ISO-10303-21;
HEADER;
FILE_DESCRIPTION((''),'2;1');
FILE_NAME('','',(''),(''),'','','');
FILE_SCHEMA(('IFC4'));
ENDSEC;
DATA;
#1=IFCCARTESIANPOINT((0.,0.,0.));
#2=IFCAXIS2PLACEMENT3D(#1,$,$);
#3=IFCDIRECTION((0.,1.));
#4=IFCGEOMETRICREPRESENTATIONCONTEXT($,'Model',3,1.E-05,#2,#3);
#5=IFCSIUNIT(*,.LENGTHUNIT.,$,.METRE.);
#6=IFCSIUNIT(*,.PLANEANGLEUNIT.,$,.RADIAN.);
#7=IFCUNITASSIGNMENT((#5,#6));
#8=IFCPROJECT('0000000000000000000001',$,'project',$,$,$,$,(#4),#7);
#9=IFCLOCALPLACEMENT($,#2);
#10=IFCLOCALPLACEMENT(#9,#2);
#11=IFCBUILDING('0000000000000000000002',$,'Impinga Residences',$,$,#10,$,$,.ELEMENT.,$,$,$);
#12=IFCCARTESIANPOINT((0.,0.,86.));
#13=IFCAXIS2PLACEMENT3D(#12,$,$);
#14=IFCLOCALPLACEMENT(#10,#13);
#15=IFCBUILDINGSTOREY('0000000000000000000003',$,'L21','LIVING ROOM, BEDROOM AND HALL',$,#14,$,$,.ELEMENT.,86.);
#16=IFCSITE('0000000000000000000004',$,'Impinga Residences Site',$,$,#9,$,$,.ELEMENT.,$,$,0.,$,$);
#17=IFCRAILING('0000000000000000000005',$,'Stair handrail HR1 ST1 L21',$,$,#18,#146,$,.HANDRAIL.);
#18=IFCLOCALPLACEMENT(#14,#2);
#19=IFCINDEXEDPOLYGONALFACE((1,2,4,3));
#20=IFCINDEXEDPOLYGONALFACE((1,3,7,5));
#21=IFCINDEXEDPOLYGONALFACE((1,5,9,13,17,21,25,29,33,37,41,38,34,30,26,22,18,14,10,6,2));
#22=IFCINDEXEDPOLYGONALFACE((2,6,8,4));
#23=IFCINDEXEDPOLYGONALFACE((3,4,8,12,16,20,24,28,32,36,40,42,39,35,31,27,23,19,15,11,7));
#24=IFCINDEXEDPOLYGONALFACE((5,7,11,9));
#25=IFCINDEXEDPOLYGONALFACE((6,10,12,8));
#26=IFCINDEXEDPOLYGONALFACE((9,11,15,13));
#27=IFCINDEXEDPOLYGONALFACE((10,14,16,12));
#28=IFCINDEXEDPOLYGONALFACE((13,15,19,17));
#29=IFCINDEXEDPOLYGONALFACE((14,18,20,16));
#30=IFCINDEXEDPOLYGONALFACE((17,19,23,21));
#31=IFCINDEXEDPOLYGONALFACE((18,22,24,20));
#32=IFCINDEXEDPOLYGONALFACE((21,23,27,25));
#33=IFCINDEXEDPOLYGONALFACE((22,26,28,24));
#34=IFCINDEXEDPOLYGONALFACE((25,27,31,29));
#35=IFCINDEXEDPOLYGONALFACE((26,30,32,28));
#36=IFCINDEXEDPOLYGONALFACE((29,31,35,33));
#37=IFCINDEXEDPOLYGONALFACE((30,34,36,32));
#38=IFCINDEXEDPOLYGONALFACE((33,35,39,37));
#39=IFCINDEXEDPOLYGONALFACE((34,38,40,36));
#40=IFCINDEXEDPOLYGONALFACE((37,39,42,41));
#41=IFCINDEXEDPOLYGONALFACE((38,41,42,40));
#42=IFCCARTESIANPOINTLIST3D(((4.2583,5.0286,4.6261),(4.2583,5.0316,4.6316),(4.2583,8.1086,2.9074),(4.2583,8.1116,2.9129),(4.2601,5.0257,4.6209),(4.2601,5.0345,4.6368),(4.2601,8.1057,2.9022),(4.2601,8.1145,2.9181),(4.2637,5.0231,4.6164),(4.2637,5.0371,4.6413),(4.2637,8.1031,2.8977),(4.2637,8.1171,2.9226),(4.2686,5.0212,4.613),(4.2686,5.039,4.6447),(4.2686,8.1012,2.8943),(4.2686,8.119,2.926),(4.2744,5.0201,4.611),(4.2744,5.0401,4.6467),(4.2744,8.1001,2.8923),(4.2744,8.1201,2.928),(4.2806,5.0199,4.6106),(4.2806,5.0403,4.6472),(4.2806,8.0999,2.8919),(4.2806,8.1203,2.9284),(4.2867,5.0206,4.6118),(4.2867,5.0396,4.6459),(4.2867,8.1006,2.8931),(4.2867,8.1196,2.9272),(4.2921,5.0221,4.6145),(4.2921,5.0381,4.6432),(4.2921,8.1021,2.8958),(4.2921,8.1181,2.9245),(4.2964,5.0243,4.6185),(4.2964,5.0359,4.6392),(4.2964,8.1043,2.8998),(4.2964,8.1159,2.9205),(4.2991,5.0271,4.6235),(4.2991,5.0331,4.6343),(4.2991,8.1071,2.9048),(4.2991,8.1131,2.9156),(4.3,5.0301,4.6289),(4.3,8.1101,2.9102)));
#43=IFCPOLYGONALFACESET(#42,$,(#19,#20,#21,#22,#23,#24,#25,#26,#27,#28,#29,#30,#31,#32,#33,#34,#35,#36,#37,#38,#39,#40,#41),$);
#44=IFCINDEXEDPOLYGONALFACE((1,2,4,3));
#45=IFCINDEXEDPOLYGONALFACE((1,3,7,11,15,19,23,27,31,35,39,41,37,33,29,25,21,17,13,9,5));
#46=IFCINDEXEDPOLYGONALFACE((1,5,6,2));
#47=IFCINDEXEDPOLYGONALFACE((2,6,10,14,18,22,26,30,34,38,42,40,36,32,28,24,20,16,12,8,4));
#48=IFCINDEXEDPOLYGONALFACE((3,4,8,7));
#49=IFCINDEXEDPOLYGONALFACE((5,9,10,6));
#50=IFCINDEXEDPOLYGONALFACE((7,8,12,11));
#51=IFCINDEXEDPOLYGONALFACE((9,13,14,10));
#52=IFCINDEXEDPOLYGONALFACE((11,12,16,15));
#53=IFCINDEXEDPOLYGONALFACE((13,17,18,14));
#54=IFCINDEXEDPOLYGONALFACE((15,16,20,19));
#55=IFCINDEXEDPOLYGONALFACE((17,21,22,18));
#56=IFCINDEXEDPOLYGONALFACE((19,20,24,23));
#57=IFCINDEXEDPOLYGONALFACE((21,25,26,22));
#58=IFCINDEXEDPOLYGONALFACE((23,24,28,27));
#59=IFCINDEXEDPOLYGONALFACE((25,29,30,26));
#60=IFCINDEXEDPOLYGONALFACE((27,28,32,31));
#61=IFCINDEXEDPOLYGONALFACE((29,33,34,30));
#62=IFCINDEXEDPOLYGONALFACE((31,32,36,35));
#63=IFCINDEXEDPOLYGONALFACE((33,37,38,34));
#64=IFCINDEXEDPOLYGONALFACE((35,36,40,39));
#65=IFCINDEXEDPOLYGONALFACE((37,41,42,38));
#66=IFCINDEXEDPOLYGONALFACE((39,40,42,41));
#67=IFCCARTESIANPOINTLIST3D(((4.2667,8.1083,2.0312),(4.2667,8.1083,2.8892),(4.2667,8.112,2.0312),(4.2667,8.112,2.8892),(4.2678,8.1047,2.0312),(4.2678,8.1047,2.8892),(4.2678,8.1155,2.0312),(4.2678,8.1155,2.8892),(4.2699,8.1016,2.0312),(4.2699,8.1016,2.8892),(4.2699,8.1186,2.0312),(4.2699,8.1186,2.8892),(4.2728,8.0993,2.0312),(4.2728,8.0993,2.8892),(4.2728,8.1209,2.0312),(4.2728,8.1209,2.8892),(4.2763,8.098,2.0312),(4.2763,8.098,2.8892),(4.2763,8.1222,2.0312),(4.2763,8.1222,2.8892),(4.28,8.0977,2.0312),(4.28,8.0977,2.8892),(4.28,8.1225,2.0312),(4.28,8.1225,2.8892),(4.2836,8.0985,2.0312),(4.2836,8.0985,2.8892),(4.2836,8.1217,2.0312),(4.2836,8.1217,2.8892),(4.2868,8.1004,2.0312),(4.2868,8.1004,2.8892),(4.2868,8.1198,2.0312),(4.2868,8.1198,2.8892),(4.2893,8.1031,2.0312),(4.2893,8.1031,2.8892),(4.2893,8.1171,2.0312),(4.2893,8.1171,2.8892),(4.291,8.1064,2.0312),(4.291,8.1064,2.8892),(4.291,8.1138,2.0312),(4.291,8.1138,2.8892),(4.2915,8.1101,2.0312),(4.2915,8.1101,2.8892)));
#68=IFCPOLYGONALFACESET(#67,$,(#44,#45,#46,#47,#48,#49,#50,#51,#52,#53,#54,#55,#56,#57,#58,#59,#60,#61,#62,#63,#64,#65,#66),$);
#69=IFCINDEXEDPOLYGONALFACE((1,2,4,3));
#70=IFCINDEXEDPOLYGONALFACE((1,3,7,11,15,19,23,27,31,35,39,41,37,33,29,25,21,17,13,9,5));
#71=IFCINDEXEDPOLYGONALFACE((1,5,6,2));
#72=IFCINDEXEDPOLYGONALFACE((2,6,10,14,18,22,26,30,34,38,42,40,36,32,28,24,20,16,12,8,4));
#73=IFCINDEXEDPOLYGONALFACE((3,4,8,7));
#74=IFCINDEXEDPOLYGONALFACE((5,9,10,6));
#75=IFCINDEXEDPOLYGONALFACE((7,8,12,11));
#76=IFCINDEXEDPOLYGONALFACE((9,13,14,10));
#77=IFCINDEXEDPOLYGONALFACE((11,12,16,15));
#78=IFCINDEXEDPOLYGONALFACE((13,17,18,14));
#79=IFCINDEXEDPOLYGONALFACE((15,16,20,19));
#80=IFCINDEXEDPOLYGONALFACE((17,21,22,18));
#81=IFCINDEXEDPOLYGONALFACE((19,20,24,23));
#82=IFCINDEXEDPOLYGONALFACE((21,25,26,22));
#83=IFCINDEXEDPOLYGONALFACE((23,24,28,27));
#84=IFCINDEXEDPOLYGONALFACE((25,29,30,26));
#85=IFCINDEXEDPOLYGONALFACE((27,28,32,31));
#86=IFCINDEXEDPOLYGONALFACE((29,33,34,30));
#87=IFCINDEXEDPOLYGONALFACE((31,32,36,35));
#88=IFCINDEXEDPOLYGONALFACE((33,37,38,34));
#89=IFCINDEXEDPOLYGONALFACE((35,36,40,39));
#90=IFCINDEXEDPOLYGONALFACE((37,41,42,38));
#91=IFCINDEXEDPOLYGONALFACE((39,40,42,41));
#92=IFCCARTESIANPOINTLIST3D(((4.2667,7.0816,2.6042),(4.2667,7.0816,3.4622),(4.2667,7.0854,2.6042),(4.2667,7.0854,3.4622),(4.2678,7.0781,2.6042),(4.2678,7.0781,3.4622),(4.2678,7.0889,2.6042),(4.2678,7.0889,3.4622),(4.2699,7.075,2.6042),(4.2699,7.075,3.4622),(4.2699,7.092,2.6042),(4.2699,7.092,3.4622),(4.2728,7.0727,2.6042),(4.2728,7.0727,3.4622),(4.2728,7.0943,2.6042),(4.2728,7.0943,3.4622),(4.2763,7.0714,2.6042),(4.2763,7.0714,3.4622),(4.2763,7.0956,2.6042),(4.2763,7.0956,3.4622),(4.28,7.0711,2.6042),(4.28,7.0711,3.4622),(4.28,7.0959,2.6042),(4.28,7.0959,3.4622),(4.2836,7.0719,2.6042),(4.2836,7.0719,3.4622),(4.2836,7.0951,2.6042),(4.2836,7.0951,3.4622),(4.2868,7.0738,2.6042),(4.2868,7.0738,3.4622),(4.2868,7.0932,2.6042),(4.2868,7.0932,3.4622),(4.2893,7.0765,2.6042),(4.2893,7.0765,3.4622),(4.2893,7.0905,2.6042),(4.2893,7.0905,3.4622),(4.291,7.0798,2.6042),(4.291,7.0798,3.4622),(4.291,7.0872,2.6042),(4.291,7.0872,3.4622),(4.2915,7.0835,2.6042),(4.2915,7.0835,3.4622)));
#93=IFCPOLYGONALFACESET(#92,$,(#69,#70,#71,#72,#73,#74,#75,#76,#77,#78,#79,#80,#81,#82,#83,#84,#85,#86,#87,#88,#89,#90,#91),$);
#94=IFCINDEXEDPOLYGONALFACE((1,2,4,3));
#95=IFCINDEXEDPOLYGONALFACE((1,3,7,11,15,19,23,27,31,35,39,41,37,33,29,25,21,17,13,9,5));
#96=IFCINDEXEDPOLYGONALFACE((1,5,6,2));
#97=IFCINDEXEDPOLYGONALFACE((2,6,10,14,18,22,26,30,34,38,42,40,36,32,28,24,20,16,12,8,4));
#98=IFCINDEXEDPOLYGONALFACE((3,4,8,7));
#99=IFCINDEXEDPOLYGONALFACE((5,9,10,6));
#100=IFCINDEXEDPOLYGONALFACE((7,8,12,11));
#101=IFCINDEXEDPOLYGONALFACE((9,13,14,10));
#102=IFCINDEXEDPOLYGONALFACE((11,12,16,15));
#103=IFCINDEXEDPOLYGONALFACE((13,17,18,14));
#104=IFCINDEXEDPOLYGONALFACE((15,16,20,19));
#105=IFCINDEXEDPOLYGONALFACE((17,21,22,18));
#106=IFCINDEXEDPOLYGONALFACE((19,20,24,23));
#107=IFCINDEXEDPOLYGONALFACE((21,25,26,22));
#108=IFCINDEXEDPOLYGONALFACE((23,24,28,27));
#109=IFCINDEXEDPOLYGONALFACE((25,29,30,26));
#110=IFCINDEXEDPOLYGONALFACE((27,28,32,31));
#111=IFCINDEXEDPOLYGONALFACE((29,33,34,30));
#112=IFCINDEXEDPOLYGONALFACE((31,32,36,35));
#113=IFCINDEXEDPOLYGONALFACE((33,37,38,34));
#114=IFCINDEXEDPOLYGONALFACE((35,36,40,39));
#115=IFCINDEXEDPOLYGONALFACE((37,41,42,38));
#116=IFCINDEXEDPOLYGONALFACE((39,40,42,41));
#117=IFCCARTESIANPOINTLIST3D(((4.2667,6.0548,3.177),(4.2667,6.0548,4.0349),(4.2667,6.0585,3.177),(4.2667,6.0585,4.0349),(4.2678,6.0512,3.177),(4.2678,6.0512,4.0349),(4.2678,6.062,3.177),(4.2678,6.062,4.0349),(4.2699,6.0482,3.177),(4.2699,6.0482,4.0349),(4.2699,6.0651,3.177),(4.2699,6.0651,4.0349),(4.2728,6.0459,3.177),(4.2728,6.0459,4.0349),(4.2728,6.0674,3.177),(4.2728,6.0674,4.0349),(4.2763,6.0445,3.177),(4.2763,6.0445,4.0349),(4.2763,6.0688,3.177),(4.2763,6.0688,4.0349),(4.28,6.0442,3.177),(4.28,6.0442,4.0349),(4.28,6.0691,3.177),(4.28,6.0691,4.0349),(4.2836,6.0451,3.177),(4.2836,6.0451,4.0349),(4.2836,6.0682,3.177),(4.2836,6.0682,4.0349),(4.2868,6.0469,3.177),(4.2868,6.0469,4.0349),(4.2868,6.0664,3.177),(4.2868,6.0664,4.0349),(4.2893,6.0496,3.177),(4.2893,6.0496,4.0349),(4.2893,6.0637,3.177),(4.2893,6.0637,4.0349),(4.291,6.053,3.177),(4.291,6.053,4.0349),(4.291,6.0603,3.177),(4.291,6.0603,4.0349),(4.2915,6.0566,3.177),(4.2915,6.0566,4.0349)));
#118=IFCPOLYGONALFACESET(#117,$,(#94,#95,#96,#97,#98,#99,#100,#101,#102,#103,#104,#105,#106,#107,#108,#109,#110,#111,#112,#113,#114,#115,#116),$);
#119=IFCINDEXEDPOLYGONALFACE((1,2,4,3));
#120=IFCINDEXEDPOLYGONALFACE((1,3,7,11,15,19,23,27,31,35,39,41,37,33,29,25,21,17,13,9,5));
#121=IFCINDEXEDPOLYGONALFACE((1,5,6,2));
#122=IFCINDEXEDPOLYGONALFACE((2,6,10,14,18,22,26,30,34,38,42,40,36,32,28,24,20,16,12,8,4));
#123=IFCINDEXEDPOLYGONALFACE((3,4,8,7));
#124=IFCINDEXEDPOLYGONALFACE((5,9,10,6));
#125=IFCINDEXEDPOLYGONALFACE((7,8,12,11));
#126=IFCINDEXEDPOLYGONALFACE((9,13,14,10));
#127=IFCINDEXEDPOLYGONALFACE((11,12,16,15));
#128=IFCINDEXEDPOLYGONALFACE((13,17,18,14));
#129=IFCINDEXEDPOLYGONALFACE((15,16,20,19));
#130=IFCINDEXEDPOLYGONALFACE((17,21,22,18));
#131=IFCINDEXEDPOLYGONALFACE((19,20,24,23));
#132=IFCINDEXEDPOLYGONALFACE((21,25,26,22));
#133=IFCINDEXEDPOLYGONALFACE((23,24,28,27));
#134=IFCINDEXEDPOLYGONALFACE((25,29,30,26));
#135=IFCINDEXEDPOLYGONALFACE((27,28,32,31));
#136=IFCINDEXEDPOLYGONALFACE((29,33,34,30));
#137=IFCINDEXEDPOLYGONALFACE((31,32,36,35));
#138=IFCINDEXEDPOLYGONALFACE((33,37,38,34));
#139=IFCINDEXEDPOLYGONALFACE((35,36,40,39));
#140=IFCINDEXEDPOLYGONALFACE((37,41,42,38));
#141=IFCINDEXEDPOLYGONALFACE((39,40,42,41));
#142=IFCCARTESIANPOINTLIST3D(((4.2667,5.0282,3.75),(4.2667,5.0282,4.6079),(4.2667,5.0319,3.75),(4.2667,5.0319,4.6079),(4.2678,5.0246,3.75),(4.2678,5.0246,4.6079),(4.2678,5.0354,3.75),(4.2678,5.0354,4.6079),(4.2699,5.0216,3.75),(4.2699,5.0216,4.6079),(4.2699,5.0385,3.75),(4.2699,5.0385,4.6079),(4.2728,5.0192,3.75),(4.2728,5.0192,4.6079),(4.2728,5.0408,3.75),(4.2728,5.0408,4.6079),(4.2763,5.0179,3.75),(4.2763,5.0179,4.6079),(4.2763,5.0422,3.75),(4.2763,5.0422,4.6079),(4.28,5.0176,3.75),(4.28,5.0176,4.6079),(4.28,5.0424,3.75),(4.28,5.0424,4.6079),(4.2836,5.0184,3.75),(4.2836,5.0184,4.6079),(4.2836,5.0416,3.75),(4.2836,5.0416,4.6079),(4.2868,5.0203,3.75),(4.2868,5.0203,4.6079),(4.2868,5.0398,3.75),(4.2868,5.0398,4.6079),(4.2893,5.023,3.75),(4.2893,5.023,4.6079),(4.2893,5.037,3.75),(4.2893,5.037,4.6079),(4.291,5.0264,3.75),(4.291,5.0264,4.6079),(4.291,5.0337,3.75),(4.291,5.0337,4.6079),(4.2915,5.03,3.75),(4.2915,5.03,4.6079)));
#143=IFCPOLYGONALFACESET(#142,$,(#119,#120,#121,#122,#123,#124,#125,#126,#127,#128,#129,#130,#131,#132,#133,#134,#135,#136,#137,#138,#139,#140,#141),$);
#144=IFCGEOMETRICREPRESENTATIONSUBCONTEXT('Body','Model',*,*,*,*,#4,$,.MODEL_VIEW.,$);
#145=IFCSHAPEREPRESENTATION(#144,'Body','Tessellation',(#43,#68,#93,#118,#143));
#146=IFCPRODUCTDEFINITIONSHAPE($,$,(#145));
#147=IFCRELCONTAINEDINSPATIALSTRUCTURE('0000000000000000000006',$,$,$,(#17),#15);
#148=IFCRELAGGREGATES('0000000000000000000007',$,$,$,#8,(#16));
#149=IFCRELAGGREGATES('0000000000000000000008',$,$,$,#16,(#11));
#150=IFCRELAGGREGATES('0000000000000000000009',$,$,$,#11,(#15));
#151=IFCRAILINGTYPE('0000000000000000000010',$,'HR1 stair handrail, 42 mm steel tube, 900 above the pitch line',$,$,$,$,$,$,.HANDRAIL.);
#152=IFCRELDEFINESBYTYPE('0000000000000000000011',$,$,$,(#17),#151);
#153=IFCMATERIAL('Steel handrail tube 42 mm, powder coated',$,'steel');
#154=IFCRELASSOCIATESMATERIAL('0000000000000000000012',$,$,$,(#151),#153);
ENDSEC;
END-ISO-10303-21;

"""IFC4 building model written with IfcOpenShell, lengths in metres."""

from ifc_helpers import new_model, si_unit, direction, frame, origin, origin_2d, place, context, subcontext, project, spatial, circle, extrude, material, type_object, element, save


model = new_model("IFC4")

# Units and contexts
model_context = context("Model", 3, precision=1e-05, world=origin(), true_north=direction((0.0, 1.0)))
body_context = subcontext(model_context, "Body", "Model", "MODEL_VIEW")
ifc_project = project(units=[si_unit("LENGTHUNIT", "METRE"), si_unit("PLANEANGLEUNIT", "RADIAN")], contexts=[model_context])

# Site, building, storey
site_placement = place(None, origin())
site = spatial("IfcSite", under=ifc_project, at=site_placement, Name="Impinga Residences Site", CompositionType="ELEMENT", RefElevation=0.0)
building_placement = place(site_placement, origin())
building = spatial("IfcBuilding", under=site, at=building_placement, Name="Impinga Residences", CompositionType="ELEMENT")
storey_placement = place(building_placement, frame((0.0, 0.0, 86.0)))
storey = spatial("IfcBuildingStorey", under=building, at=storey_placement, Name="L21", Description="LIVING ROOM, BEDROOM AND HALL", CompositionType="ELEMENT", Elevation=86.0)

# Railing
ifc_material_1 = material(Name="Steel handrail tube 42 mm, powder coated", Category="steel")
railing_type_1 = type_object("IfcRailingType", Name="HR1 stair handrail, 42 mm steel tube, 900 above the pitch line", PredefinedType="HANDRAIL", material=ifc_material_1)
railing_1_placement = place(storey_placement, frame((4.2791, 8.1101, 2.0312)))
element("IfcRailing", 1, at=railing_1_placement, inside=storey, type_object=railing_type_1, Name="Stair handrail HR1 ST1 L21", PredefinedType="HANDRAIL", context=body_context, shape_type="SweptSolid", body=[
    extrude(circle(Radius=0.021, at=origin_2d()), frame((0.0, 0.0, 0.8789), z_axis=(0.0, -0.873242, 0.487288), x_axis=(1.0, 0.0, 0.0)), (0.0, 0.0, 1.0), 3.5271),
    extrude(circle(Radius=0.0125, at=origin_2d()), origin(), (0.0, 0.0, 1.0), 0.8579),
    extrude(circle(Radius=0.0125, at=origin_2d()), frame((0.0, -1.0266, 0.573)), (0.0, 0.0, 1.0), 0.8579),
    extrude(circle(Radius=0.0125, at=origin_2d()), frame((0.0, -2.0535, 1.1458)), (0.0, 0.0, 1.0), 0.8579),
    extrude(circle(Radius=0.0125, at=origin_2d()), frame((0.0, -3.0801, 1.7188)), (0.0, 0.0, 1.0), 0.8579),
])

save(model, "model.ifc")
